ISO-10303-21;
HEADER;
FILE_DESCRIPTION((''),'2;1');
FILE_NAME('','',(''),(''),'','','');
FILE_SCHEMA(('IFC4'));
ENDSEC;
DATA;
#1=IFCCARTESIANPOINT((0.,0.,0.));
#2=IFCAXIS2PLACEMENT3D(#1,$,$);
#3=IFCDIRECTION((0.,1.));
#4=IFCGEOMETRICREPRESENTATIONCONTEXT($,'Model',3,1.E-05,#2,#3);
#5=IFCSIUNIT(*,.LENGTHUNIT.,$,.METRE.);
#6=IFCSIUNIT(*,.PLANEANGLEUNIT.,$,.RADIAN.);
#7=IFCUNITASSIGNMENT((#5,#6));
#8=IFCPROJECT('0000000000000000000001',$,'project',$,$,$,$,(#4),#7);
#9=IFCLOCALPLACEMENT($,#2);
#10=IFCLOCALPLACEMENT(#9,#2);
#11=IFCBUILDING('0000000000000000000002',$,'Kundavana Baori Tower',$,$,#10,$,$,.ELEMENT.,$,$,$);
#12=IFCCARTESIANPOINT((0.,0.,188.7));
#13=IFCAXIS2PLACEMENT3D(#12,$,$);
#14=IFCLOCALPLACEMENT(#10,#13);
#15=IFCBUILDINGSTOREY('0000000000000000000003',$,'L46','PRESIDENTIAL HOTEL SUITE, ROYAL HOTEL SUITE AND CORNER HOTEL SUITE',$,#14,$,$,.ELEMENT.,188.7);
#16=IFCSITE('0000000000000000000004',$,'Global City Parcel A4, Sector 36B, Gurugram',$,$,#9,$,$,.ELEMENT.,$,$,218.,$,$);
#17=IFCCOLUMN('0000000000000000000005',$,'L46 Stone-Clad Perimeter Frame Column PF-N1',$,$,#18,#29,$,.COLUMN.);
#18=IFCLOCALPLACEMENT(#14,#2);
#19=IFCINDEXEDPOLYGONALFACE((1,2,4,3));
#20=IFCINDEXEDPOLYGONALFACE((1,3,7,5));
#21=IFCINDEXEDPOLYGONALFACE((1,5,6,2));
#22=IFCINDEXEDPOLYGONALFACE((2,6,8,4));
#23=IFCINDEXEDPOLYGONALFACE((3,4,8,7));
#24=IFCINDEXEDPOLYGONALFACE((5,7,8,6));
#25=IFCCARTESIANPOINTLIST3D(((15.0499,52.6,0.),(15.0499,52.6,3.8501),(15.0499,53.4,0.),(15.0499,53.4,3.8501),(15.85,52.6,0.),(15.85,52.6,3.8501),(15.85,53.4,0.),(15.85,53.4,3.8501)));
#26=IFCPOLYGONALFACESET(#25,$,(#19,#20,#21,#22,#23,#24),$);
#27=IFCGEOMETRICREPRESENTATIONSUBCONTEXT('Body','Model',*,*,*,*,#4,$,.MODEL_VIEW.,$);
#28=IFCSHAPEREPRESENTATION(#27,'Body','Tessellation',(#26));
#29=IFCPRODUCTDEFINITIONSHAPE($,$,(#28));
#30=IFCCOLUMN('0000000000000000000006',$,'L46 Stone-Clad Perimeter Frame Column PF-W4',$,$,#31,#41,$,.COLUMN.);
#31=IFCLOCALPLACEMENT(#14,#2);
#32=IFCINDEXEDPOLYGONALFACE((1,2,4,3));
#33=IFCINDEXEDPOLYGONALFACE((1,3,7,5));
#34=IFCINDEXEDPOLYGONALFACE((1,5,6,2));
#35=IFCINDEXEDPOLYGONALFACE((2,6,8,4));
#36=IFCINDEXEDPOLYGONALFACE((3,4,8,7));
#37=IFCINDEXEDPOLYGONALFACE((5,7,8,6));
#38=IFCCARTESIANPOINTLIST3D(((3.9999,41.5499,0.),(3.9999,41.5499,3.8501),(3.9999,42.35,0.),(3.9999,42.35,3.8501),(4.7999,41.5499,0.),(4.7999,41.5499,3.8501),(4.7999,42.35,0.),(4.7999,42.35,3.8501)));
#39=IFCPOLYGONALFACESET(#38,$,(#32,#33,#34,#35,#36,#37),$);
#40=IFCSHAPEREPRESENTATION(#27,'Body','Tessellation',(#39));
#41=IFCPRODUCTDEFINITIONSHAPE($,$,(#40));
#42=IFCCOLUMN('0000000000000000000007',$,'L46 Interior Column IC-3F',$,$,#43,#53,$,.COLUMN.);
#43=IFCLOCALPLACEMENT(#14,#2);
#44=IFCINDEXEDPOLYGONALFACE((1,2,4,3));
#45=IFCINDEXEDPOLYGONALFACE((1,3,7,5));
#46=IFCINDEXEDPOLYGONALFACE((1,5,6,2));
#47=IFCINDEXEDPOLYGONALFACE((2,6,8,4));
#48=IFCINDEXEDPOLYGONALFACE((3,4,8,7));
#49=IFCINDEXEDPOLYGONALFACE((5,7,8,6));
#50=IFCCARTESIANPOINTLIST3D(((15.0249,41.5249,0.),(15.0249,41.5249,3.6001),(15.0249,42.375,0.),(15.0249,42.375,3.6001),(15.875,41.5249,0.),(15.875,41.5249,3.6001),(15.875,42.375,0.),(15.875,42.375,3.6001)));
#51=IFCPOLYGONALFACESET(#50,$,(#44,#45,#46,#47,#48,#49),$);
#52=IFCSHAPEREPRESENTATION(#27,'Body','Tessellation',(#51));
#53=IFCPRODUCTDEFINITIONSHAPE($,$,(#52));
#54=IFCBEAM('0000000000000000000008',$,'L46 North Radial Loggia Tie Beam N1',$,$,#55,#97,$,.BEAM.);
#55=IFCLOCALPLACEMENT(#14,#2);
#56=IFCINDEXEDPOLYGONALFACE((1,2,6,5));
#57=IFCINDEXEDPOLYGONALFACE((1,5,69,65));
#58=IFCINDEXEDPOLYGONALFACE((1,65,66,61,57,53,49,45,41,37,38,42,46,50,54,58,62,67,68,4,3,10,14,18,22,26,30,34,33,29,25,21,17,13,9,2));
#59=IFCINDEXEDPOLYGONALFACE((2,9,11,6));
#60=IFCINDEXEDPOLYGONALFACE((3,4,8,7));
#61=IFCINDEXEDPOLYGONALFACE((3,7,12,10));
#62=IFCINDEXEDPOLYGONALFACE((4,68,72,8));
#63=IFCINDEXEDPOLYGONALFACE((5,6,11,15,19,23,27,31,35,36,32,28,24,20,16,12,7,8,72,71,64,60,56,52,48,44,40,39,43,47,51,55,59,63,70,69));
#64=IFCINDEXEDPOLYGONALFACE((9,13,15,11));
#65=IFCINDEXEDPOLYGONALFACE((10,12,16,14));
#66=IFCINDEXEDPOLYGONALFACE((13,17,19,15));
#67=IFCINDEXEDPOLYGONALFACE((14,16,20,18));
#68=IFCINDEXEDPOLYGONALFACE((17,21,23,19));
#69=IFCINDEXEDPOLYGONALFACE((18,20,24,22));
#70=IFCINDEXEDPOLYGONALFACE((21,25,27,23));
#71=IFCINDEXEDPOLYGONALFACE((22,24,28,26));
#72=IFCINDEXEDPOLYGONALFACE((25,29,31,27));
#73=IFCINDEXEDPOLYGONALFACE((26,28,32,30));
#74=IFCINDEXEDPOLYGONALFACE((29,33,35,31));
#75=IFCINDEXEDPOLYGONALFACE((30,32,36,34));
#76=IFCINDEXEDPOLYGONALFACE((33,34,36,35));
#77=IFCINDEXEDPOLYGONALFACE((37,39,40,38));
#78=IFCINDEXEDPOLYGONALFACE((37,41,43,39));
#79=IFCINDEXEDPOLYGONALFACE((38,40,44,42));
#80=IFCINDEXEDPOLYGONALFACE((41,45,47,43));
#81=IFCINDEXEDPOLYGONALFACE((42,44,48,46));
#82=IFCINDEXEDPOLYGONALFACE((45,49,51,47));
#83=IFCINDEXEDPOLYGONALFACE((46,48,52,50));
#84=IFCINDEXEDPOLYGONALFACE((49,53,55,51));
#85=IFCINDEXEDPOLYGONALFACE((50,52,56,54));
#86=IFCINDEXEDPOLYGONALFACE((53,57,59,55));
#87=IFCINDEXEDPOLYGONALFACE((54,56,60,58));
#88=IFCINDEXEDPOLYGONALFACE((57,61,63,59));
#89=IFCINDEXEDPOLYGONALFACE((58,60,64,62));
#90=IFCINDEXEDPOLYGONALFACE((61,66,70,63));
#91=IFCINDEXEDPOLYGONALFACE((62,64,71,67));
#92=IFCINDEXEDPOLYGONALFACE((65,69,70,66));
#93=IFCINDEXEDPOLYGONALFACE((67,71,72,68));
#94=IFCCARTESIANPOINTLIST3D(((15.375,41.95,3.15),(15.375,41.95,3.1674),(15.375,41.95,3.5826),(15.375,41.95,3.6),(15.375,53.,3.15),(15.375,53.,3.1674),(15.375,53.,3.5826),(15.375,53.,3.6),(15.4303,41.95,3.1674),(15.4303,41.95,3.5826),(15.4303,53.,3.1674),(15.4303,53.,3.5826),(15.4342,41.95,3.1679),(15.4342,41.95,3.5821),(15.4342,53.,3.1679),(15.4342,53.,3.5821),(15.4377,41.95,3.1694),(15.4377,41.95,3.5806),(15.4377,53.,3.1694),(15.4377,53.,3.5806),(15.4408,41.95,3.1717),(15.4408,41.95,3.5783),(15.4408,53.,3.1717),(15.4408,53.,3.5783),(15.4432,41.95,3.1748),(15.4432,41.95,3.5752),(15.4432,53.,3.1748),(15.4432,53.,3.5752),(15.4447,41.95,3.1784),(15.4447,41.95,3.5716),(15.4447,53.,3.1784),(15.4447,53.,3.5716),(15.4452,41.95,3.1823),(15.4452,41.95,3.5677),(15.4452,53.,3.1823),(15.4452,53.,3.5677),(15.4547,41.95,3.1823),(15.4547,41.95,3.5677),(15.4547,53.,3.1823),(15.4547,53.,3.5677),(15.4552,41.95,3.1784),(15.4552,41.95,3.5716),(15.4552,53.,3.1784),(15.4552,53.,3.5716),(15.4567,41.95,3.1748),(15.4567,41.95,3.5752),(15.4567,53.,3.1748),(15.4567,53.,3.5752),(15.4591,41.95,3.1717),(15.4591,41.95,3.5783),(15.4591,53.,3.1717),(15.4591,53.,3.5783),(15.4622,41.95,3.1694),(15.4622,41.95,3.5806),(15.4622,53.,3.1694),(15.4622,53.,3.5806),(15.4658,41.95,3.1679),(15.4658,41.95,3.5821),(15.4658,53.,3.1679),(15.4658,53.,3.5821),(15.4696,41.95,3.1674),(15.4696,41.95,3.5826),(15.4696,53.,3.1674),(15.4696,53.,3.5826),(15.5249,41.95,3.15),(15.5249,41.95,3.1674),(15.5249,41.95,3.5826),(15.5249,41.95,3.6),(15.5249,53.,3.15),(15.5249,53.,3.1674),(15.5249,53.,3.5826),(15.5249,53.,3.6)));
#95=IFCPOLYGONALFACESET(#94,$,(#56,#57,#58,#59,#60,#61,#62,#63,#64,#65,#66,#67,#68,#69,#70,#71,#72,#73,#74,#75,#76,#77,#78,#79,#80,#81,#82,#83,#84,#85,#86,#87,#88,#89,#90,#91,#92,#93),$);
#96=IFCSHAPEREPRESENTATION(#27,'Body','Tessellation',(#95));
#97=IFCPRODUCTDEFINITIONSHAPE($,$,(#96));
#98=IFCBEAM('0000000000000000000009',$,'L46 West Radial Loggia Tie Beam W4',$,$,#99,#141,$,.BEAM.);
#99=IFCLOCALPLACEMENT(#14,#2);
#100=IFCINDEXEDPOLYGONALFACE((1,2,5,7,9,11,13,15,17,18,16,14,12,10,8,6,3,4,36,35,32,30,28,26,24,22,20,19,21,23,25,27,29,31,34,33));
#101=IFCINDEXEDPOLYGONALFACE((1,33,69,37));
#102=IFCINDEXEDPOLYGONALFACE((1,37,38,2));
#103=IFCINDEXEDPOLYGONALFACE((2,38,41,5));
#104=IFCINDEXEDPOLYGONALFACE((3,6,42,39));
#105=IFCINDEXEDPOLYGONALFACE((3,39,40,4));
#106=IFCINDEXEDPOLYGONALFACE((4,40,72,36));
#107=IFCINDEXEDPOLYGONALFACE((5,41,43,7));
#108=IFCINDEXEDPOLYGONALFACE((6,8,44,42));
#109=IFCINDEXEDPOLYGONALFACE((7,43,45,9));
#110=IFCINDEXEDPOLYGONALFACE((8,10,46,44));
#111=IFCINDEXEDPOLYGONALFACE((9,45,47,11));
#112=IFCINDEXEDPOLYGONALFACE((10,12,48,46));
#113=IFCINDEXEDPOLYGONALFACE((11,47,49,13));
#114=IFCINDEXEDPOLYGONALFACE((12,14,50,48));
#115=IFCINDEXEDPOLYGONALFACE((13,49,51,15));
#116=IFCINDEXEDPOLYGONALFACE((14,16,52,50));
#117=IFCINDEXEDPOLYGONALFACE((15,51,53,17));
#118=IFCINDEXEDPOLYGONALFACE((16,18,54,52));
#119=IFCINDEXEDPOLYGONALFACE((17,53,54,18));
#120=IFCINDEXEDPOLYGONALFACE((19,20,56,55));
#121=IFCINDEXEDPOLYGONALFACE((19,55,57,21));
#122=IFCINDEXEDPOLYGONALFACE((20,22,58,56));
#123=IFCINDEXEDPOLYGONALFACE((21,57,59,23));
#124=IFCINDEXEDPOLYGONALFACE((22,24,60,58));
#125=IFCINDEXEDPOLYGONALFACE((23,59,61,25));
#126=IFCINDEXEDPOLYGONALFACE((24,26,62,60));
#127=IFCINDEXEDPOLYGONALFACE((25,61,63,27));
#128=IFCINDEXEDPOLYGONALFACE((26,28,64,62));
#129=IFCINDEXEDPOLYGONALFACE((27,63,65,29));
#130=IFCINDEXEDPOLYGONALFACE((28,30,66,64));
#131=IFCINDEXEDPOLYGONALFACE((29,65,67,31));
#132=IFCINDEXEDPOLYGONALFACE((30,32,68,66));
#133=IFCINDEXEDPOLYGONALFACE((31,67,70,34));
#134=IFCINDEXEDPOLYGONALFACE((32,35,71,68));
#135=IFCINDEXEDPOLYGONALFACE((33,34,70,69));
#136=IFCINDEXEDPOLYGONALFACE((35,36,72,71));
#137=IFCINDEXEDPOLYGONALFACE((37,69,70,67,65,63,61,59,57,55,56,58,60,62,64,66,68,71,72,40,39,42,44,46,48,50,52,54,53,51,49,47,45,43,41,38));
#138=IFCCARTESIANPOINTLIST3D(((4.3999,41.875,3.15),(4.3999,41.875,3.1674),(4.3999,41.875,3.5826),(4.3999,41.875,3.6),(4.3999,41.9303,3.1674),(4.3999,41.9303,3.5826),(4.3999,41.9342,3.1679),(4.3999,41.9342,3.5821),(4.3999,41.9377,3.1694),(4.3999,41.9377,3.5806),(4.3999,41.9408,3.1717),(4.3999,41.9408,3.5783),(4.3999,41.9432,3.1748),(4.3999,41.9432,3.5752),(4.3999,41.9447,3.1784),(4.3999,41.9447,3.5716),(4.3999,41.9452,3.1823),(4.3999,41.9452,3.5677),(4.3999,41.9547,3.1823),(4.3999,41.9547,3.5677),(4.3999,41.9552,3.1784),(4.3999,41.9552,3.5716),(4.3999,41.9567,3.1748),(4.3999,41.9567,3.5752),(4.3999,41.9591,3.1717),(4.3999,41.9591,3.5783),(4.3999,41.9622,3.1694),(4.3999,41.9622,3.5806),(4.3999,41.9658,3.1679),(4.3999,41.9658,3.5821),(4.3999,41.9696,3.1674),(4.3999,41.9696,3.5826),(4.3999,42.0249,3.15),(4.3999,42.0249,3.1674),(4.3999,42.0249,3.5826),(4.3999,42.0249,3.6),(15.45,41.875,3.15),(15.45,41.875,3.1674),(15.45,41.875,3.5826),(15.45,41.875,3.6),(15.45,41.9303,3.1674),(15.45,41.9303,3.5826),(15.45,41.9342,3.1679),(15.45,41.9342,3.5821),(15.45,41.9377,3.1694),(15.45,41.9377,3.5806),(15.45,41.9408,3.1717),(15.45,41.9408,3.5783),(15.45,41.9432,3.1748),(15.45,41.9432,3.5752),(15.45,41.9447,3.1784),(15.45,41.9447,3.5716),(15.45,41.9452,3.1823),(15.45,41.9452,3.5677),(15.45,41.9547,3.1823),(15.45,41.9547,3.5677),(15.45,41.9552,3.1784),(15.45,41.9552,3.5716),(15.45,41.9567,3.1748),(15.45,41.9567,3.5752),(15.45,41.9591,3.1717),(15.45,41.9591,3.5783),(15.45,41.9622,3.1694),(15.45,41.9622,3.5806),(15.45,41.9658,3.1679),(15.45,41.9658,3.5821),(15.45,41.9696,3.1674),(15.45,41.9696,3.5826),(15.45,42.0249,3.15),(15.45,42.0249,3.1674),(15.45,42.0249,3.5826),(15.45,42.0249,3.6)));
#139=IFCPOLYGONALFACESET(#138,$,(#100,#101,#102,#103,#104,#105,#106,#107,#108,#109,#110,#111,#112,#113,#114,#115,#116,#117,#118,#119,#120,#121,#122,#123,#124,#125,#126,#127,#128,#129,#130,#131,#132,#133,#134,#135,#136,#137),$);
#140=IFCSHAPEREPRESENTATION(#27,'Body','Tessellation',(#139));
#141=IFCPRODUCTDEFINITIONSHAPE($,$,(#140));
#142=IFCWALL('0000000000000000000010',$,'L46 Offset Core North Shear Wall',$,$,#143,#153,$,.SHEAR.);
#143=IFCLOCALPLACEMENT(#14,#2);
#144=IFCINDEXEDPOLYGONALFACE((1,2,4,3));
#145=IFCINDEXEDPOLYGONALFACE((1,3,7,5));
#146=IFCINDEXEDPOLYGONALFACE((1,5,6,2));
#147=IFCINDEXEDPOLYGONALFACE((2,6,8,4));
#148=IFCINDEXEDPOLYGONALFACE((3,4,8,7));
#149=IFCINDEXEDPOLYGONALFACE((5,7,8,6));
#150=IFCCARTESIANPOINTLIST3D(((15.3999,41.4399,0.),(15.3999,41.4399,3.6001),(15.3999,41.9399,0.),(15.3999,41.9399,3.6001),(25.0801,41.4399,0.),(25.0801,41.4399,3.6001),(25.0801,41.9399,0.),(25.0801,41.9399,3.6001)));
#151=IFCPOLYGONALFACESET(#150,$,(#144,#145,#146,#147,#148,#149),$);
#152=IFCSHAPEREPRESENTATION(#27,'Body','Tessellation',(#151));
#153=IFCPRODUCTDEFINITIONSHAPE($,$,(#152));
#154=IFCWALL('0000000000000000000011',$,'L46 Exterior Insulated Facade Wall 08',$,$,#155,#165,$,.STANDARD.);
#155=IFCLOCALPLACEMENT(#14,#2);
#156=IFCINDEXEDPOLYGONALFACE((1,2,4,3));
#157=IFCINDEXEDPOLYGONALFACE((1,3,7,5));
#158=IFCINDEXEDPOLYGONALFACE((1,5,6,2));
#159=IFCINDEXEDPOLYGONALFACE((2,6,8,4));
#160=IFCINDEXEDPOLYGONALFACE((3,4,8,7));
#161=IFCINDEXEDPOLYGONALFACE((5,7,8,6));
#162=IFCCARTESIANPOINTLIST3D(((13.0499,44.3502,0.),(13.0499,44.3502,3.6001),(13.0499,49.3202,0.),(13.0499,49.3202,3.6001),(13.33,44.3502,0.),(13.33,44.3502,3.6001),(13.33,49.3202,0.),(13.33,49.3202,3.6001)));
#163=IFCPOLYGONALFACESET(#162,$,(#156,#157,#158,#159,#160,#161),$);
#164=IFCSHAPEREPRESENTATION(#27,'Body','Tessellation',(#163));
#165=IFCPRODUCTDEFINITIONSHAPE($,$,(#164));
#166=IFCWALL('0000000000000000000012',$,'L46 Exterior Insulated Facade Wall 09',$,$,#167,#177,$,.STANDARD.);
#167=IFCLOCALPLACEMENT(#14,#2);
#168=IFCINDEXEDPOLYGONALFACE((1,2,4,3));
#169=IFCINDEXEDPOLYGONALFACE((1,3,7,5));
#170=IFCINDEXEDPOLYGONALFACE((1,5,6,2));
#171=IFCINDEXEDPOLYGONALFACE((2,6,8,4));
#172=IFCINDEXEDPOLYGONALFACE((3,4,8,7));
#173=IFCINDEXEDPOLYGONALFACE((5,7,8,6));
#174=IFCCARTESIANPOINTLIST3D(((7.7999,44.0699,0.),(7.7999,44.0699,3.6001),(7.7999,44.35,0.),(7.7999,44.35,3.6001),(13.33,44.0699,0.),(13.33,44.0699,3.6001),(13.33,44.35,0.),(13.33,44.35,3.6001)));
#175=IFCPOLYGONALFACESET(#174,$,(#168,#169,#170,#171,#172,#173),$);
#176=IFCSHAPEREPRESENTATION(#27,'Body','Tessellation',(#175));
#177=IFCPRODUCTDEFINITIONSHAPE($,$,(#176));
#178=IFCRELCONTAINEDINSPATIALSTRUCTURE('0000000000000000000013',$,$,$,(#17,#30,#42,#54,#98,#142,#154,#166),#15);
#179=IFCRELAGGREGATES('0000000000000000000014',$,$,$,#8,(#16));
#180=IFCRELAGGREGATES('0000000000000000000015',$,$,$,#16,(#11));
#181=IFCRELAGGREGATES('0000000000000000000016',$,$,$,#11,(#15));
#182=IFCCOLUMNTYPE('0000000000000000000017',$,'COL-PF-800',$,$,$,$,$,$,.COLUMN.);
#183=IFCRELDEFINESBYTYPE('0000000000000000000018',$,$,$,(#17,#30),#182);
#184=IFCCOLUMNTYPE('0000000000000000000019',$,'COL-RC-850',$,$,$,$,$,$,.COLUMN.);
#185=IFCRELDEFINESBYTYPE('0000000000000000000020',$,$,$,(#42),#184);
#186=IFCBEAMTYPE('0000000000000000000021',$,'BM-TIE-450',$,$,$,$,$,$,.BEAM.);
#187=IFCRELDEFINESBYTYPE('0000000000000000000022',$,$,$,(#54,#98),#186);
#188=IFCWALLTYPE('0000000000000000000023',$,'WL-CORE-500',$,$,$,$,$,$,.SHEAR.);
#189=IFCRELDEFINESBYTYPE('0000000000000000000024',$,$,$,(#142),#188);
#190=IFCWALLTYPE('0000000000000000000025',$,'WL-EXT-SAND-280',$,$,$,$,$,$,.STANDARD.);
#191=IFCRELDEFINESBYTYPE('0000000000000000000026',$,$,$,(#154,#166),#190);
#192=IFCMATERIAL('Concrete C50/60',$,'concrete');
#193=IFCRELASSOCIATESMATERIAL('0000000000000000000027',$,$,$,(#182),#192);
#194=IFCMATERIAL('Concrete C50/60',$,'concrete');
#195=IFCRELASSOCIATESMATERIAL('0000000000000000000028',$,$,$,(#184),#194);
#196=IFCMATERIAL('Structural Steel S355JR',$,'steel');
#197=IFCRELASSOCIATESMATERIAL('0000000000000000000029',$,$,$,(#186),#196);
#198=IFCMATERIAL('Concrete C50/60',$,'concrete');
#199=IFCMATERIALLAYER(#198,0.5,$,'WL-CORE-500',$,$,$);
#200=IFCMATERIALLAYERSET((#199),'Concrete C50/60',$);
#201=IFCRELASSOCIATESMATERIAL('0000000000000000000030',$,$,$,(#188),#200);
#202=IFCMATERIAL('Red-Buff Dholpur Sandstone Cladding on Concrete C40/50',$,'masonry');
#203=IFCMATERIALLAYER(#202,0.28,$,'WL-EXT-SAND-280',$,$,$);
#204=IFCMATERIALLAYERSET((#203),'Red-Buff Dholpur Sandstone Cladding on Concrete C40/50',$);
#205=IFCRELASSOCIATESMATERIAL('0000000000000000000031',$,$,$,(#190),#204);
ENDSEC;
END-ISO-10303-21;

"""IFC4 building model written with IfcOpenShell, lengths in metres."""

from ifc_helpers import new_model, si_unit, direction, frame, frame_2d, origin, origin_2d, place, context, subcontext, project, spatial, rectangle, i_section, extrude, material, layer, layer_set, material_profile, profile_set, type_object, element, save


model = new_model("IFC4")

# Units and contexts
model_context = context("Model", 3, precision=1e-05, world=origin(), true_north=direction((0.0, 1.0)))
body_context = subcontext(model_context, "Body", "Model", "MODEL_VIEW")
ifc_project = project(units=[si_unit("LENGTHUNIT", "METRE"), si_unit("PLANEANGLEUNIT", "RADIAN")], contexts=[model_context])

# Site, building, storey
site_placement = place(None, origin())
site = spatial("IfcSite", under=ifc_project, at=site_placement, Name="Global City Parcel A4, Sector 36B, Gurugram", CompositionType="ELEMENT", RefElevation=218.0)
building_placement = place(site_placement, origin())
building = spatial("IfcBuilding", under=site, at=building_placement, Name="Kundavana Baori Tower", CompositionType="ELEMENT")
storey_placement = place(building_placement, frame((0.0, 0.0, 188.7)))
storey = spatial("IfcBuildingStorey", under=building, at=storey_placement, Name="L46", Description="PRESIDENTIAL HOTEL SUITE, ROYAL HOTEL SUITE AND CORNER HOTEL SUITE", CompositionType="ELEMENT", Elevation=188.7)

# Columns
ifc_material_1 = material(Name="Concrete C50/60", Category="concrete")
ifc_material_profile_1 = material_profile(ifc_material_1, rectangle(XDim=0.8, YDim=0.8, at=origin_2d()), Name="RC PF 800x800")
ifc_profile_set_1 = profile_set([ifc_material_profile_1], Name="Concrete C50/60")
column_type_1 = type_object("IfcColumnType", Name="COL-PF-800", PredefinedType="COLUMN", material=ifc_profile_set_1)
for number, where, z_axis, x_axis, name in (
    (1, (15.45, 53.0, 0.0), (0.0, 0.0, 1.0), (1.0, 0.0, 0.0), "L46 Stone-Clad Perimeter Frame Column PF-N1"),
    (2, (4.3999, 41.95, 0.0), (0.0, 0.0, 1.0), (1.0, 0.0, 0.0), "L46 Stone-Clad Perimeter Frame Column PF-W4"),
):
    element("IfcColumn", number, at=place(storey_placement, frame(where, z_axis=z_axis, x_axis=x_axis)), inside=storey, type_object=column_type_1, Name=name, PredefinedType="COLUMN", context=body_context, shape_type="SweptSolid", body=[
        extrude(rectangle(XDim=0.8, YDim=0.8, at=origin_2d()), origin(), (0.0, 0.0, 1.0), 3.8501),
    ])
ifc_material_2 = material(Name="Concrete C50/60", Category="concrete")
ifc_material_profile_2 = material_profile(ifc_material_2, rectangle(XDim=0.8501, YDim=0.8501, at=origin_2d()), Name="RC 850x850")
ifc_profile_set_2 = profile_set([ifc_material_profile_2], Name="Concrete C50/60")
column_type_2 = type_object("IfcColumnType", Name="COL-RC-850", PredefinedType="COLUMN", material=ifc_profile_set_2)
column_placement = place(storey_placement, frame((15.45, 41.95, 0.0), z_axis=(0.0, 0.0, 1.0), x_axis=(1.0, 0.0, 0.0)))
element("IfcColumn", 3, at=column_placement, inside=storey, type_object=column_type_2, Name="L46 Interior Column IC-3F", PredefinedType="COLUMN", context=body_context, shape_type="SweptSolid", body=[
    extrude(rectangle(XDim=0.8501, YDim=0.8501, at=origin_2d()), origin(), (0.0, 0.0, 1.0), 3.6001),
])

# Beams
ifc_material_3 = material(Name="Structural Steel S355JR", Category="steel")
ifc_material_profile_3 = material_profile(ifc_material_3, i_section(OverallWidth=0.1499, OverallDepth=0.45, WebThickness=0.0095, FlangeThickness=0.0173, FilletRadius=0.0149, at=origin_2d()), Name="ISMB 450")
ifc_profile_set_3 = profile_set([ifc_material_profile_3], Name="Structural Steel S355JR")
beam_type = type_object("IfcBeamType", Name="BM-TIE-450", PredefinedType="BEAM", material=ifc_profile_set_3)
for number, where, z_axis, x_axis, name in (
    (4, (15.45, 41.95, 3.375), (0.0, 1.0, 0.0), (-1.0, 0.0, 0.0), "L46 North Radial Loggia Tie Beam N1"),
    (5, (15.45, 41.95, 3.375), (-1.0, 0.0, 0.0), (0.0, -1.0, 0.0), "L46 West Radial Loggia Tie Beam W4"),
):
    element("IfcBeam", number, at=place(storey_placement, frame(where, z_axis=z_axis, x_axis=x_axis)), inside=storey, type_object=beam_type, Name=name, PredefinedType="BEAM", context=body_context, shape_type="SweptSolid", body=[
        extrude(i_section(OverallWidth=0.1499, OverallDepth=0.45, WebThickness=0.0095, FlangeThickness=0.0173, FilletRadius=0.0149, at=origin_2d()), origin(), (0.0, 0.0, 1.0), 11.05),
    ])

# Walls
ifc_material_4 = material(Name="Concrete C50/60", Category="concrete")
ifc_layer_1 = layer(ifc_material_4, 0.5, Name="WL-CORE-500")
ifc_layer_set_1 = layer_set([ifc_layer_1], Name="Concrete C50/60")
wall_type_1 = type_object("IfcWallType", Name="WL-CORE-500", PredefinedType="SHEAR", material=ifc_layer_set_1)
wall_1_placement = place(storey_placement, frame((15.3999, 41.6899, 0.0), z_axis=(0.0, 0.0, 1.0), x_axis=(1.0, 0.0, 0.0)))
element("IfcWall", 6, at=wall_1_placement, inside=storey, type_object=wall_type_1, Name="L46 Offset Core North Shear Wall", PredefinedType="SHEAR", context=body_context, shape_type="SweptSolid", body=[
    extrude(rectangle(XDim=9.6802, YDim=0.5, at=frame_2d((4.8401, 0.0))), origin(), (0.0, 0.0, 1.0), 3.6001),
])
ifc_material_5 = material(Name="Red-Buff Dholpur Sandstone Cladding on Concrete C40/50", Category="masonry")
ifc_layer_2 = layer(ifc_material_5, 0.28, Name="WL-EXT-SAND-280")
ifc_layer_set_2 = layer_set([ifc_layer_2], Name="Red-Buff Dholpur Sandstone Cladding on Concrete C40/50")
wall_type_2 = type_object("IfcWallType", Name="WL-EXT-SAND-280", PredefinedType="STANDARD", material=ifc_layer_set_2)
wall_2_placement = place(storey_placement, frame((13.1899, 49.3201, 0.0), z_axis=(0.0, 0.0, 1.0), x_axis=(0.0, -1.0, 0.0)))
element("IfcWall", 7, at=wall_2_placement, inside=storey, type_object=wall_type_2, Name="L46 Exterior Insulated Facade Wall 08", PredefinedType="STANDARD", context=body_context, shape_type="SweptSolid", body=[
    extrude(rectangle(XDim=4.97, YDim=0.28, at=frame_2d((2.4849, 0.0))), origin(), (0.0, 0.0, 1.0), 3.6001),
])
wall_3_placement = place(storey_placement, frame((13.3301, 44.21, 0.0), z_axis=(0.0, 0.0, 1.0), x_axis=(-1.0, 0.0, 0.0)))
element("IfcWall", 8, at=wall_3_placement, inside=storey, type_object=wall_type_2, Name="L46 Exterior Insulated Facade Wall 09", PredefinedType="STANDARD", context=body_context, shape_type="SweptSolid", body=[
    extrude(rectangle(XDim=5.53, YDim=0.28, at=frame_2d((2.7651, 0.0))), origin(), (0.0, 0.0, 1.0), 3.6001),
])

save(model, "model.ifc")
